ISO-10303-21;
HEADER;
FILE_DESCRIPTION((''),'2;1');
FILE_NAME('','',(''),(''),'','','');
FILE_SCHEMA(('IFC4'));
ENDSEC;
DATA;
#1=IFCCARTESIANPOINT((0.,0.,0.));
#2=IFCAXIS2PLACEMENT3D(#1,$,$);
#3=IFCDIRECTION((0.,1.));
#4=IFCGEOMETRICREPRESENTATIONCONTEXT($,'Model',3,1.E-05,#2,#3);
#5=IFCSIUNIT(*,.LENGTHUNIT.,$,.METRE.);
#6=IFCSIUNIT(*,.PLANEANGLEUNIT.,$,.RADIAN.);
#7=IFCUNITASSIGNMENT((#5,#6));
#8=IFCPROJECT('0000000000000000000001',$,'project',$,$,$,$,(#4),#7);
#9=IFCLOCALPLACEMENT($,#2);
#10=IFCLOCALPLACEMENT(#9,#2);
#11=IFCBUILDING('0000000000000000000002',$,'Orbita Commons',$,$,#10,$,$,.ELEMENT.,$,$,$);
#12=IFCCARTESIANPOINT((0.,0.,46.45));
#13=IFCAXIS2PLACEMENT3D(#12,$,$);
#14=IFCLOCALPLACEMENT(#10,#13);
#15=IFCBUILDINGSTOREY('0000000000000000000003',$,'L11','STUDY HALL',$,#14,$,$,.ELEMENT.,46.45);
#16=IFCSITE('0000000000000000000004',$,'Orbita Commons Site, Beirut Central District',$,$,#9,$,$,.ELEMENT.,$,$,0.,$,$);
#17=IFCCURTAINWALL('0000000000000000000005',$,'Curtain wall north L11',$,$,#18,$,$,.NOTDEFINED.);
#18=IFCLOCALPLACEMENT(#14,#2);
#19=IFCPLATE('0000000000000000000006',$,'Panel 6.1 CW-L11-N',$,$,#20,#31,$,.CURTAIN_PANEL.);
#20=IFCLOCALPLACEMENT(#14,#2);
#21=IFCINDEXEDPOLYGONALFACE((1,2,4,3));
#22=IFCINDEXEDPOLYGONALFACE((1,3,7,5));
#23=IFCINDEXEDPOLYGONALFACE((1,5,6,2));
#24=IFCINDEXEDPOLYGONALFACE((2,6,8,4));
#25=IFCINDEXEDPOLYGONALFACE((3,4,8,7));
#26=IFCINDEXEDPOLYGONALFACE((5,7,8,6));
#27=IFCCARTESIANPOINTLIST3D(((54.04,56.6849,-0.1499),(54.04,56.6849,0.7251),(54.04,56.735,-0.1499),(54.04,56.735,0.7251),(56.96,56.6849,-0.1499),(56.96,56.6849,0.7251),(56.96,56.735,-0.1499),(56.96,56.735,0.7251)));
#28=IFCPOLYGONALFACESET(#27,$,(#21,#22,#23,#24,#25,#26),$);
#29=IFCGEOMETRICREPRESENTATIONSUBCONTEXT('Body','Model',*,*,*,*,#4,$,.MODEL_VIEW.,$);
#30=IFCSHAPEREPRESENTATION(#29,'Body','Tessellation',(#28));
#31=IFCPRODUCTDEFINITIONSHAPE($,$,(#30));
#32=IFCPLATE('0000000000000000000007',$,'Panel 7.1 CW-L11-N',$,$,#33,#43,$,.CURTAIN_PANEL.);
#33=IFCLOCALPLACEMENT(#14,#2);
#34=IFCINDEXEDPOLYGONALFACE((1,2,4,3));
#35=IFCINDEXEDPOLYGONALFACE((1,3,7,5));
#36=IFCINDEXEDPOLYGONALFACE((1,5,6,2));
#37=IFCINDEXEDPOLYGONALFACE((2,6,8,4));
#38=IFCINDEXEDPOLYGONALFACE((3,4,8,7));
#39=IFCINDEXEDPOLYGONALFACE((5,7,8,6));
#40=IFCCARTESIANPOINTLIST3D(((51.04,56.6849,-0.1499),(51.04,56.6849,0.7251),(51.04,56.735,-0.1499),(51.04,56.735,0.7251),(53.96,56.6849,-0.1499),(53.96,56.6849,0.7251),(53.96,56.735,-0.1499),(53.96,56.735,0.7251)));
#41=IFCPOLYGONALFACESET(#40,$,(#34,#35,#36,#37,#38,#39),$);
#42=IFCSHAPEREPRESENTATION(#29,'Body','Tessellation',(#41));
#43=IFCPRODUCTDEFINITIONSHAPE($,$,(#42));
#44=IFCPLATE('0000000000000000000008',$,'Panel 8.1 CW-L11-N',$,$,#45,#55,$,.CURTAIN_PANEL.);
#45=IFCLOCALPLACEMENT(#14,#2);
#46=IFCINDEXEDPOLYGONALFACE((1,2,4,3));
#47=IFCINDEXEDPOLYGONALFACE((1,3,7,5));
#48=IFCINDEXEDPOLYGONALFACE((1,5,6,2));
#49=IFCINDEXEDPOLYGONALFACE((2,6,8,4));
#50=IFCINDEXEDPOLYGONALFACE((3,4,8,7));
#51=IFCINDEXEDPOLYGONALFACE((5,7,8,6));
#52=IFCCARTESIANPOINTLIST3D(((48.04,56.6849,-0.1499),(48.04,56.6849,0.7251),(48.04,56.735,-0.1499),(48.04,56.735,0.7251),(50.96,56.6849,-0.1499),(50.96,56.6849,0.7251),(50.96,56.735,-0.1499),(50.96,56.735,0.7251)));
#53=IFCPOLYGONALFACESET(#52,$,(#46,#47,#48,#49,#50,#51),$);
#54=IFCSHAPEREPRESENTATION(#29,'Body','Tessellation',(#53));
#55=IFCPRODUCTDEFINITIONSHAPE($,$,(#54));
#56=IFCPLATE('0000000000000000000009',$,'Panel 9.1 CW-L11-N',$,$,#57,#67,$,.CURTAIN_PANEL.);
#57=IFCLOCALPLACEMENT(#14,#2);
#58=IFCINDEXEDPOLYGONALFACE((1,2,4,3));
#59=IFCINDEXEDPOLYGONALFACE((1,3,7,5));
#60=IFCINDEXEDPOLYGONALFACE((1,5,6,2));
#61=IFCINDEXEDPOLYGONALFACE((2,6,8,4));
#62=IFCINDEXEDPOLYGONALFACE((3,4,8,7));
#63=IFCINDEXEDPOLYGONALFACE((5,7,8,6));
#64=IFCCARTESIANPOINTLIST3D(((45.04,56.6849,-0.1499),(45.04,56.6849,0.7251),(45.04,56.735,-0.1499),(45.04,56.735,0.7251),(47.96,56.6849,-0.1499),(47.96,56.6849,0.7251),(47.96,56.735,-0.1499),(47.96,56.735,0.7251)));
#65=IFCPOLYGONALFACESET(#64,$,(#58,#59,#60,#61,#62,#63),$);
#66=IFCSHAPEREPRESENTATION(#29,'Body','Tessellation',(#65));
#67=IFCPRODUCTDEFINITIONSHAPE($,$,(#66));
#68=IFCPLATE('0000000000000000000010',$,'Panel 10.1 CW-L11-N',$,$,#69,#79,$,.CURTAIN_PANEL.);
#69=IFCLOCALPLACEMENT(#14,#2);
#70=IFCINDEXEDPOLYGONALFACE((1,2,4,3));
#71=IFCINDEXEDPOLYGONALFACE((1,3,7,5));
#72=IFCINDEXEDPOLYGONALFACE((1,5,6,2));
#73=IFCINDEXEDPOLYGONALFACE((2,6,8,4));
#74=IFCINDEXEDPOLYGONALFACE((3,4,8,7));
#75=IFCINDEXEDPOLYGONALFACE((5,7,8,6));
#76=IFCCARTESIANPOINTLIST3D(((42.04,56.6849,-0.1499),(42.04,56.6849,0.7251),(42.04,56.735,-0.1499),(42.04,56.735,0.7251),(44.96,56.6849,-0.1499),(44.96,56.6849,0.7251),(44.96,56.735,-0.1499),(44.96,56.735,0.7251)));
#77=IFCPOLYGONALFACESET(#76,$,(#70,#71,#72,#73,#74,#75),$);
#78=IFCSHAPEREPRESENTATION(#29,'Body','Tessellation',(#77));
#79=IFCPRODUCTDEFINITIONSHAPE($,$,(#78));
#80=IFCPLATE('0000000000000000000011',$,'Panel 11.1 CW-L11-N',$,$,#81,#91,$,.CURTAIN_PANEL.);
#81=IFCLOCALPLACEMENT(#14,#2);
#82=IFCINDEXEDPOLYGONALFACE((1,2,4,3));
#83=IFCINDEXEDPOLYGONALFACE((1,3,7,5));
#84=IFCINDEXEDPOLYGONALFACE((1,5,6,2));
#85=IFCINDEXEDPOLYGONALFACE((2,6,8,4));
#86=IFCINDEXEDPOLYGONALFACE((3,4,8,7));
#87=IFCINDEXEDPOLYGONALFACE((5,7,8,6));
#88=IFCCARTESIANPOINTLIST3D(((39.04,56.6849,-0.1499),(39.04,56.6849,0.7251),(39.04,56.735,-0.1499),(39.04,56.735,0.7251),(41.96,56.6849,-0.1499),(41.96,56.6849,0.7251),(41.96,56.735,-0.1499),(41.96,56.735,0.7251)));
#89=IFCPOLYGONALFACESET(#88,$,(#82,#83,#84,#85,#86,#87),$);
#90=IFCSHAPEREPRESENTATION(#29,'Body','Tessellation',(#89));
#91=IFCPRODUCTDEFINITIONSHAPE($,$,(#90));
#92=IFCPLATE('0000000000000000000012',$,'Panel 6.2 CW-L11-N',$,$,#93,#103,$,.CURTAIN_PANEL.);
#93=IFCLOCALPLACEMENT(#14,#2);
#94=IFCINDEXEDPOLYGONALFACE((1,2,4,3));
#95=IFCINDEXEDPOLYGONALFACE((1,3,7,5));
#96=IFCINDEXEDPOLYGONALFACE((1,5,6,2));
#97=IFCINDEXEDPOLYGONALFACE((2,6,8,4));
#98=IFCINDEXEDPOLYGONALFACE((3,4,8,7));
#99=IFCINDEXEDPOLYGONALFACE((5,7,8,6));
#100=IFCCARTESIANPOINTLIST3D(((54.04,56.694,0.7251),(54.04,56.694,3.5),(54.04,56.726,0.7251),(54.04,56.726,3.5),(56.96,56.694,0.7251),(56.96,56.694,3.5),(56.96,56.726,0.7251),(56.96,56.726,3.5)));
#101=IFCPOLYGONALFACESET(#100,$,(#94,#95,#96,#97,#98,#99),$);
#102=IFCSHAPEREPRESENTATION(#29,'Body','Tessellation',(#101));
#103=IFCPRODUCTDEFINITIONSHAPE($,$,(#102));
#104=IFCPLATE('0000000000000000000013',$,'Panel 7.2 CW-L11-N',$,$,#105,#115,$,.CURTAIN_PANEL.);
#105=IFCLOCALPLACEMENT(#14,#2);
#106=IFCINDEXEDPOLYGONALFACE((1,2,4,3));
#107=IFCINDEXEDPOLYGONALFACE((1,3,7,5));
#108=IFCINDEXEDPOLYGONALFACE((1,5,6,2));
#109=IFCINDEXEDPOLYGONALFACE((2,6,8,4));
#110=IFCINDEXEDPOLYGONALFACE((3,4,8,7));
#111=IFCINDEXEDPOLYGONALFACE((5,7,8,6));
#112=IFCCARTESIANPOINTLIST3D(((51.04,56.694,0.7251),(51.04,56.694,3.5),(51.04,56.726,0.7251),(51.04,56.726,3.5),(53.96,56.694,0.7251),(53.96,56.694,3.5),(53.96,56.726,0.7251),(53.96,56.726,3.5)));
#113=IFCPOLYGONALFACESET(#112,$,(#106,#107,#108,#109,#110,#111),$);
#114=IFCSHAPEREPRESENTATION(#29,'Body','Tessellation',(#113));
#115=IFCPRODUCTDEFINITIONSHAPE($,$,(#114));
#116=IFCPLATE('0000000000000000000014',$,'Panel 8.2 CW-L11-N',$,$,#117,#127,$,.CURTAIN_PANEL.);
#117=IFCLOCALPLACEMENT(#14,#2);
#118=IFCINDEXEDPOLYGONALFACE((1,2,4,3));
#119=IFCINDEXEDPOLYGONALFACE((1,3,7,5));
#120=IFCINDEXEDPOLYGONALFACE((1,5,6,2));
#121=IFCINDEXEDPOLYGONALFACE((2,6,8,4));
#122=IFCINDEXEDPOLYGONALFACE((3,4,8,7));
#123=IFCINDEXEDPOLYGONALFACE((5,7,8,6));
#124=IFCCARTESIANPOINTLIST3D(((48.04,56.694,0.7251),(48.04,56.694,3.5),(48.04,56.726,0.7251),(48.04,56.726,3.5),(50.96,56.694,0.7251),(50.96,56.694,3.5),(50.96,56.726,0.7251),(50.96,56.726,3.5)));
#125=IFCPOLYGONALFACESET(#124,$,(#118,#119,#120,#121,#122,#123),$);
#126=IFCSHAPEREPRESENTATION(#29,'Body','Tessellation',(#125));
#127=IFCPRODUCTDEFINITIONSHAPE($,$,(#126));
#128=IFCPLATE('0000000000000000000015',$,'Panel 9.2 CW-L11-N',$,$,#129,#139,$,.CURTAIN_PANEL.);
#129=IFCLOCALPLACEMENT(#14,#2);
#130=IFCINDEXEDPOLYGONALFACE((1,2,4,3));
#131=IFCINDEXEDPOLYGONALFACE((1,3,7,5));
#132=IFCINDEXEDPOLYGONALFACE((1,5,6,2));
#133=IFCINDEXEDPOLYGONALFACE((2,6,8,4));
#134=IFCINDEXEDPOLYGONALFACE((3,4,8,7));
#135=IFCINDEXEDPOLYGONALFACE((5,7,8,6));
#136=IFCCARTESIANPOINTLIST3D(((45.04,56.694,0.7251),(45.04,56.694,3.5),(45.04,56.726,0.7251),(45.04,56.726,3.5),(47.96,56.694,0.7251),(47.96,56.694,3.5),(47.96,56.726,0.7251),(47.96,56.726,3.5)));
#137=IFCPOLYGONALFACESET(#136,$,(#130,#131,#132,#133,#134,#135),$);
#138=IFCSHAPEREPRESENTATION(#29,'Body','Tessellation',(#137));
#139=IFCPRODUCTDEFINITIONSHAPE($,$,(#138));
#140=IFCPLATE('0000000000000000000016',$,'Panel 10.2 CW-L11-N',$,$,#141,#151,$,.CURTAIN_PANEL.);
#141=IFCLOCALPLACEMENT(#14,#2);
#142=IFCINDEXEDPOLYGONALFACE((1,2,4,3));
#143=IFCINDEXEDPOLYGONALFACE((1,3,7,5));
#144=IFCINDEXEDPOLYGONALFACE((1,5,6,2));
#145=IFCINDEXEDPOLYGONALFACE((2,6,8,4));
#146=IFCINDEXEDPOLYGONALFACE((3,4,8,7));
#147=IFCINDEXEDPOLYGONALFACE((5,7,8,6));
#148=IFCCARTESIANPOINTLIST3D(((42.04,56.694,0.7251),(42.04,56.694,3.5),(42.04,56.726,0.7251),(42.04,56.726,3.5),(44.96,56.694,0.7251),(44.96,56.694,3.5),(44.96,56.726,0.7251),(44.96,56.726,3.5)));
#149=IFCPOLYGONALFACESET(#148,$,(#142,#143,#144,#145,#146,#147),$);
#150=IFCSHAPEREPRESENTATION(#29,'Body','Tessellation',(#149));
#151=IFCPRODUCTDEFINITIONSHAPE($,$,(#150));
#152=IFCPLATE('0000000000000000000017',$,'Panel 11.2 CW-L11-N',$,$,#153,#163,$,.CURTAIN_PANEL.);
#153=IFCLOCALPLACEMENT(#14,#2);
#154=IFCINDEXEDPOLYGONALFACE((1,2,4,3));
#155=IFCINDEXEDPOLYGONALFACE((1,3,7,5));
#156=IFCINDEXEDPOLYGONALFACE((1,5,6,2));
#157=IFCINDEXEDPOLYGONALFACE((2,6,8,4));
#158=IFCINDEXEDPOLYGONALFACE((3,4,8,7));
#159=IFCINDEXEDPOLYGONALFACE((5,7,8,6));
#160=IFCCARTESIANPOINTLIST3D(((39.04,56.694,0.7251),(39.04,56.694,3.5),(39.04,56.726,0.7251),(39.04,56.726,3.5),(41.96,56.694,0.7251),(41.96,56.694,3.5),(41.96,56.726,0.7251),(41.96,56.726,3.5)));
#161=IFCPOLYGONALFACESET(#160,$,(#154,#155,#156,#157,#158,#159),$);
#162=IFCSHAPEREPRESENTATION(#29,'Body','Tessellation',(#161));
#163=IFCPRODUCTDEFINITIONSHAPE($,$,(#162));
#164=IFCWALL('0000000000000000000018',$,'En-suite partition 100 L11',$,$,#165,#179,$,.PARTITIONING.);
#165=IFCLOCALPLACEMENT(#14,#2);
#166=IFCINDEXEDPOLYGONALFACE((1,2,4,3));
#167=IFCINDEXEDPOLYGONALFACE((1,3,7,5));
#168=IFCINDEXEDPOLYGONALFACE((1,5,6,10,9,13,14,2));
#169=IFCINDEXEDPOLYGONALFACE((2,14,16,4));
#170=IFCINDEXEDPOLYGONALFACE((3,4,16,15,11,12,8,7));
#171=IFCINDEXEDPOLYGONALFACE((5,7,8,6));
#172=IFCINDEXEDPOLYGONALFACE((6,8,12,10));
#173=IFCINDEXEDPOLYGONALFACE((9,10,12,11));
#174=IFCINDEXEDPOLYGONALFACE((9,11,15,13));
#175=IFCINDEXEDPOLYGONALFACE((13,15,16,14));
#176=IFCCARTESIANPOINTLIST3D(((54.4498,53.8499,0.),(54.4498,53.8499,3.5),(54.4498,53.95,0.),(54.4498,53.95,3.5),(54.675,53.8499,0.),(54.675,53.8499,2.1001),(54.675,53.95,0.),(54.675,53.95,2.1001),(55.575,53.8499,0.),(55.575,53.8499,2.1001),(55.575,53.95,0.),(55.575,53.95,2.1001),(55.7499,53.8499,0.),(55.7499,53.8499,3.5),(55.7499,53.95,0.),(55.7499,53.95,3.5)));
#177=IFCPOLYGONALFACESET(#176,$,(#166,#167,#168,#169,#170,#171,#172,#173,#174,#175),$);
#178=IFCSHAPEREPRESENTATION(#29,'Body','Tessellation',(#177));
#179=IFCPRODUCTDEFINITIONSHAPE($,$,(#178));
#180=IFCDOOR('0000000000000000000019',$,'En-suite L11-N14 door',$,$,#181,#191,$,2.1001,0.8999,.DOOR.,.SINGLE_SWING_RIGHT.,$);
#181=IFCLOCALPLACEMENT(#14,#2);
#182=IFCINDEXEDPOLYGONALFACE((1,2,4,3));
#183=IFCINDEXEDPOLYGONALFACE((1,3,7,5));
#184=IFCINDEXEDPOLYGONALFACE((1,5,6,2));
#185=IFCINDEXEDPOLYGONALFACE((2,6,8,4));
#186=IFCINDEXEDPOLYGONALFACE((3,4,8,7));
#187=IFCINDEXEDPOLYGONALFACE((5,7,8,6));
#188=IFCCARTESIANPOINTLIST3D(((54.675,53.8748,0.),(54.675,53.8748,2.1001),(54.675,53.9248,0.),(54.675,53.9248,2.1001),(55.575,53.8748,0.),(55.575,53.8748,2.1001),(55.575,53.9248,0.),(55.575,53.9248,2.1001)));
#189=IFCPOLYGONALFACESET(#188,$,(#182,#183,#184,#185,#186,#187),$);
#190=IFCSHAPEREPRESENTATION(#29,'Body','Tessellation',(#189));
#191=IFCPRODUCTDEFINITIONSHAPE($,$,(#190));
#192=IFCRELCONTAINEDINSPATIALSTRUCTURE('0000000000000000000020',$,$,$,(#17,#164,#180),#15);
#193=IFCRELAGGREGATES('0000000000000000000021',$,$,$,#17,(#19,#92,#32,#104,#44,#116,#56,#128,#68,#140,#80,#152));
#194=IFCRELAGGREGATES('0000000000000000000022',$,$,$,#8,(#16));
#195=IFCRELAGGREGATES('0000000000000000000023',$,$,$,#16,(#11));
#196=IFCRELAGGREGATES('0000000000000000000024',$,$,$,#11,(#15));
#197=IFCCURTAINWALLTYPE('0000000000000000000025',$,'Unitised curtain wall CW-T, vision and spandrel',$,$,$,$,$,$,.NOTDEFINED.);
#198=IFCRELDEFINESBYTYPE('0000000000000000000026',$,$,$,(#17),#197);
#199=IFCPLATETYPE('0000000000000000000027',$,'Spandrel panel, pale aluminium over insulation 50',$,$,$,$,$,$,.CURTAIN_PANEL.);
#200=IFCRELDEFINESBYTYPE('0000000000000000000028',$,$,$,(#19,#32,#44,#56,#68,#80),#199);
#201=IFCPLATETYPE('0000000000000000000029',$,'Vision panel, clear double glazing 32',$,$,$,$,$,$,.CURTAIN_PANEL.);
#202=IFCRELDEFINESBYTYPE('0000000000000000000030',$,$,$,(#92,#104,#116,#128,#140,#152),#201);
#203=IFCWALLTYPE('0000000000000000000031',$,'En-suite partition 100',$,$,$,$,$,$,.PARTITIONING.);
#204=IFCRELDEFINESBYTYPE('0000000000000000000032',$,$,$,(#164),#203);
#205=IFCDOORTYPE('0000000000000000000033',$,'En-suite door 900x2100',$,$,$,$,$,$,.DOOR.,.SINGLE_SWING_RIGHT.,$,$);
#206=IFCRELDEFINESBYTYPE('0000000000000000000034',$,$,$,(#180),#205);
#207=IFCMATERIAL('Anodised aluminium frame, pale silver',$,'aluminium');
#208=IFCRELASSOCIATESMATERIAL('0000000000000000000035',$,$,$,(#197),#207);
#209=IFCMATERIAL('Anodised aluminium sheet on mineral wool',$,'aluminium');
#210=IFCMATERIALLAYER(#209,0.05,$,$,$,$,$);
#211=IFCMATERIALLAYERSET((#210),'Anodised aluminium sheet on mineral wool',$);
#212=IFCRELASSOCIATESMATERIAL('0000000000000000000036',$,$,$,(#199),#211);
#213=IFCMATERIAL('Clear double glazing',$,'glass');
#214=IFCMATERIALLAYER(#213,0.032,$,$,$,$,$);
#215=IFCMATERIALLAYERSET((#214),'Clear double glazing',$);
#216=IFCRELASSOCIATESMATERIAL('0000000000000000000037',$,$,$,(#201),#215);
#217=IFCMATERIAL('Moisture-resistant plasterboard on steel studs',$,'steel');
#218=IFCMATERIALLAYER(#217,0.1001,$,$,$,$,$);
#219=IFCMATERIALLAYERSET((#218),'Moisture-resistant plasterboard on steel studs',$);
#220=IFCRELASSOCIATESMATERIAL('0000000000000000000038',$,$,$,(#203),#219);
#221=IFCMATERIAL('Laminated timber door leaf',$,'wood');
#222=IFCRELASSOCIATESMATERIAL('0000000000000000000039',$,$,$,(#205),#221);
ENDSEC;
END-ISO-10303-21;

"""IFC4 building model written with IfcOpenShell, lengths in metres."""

from ifc_helpers import new_model, si_unit, direction, frame, frame_2d, origin, origin_2d, place, context, subcontext, project, spatial, rectangle, extrude, material, layer, layer_set, type_object, element, fill, aggregate, save


model = new_model("IFC4")

# Units and contexts
model_context = context("Model", 3, precision=1e-05, world=origin(), true_north=direction((0.0, 1.0)))
body_context = subcontext(model_context, "Body", "Model", "MODEL_VIEW")
ifc_project = project(units=[si_unit("LENGTHUNIT", "METRE"), si_unit("PLANEANGLEUNIT", "RADIAN")], contexts=[model_context])

# Site, building, storey
site_placement = place(None, origin())
site = spatial("IfcSite", under=ifc_project, at=site_placement, Name="Orbita Commons Site, Beirut Central District", CompositionType="ELEMENT", RefElevation=0.0)
building_placement = place(site_placement, origin())
building = spatial("IfcBuilding", under=site, at=building_placement, Name="Orbita Commons", CompositionType="ELEMENT")
storey_placement = place(building_placement, frame((0.0, 0.0, 46.45)))
storey = spatial("IfcBuildingStorey", under=building, at=storey_placement, Name="L11", Description="STUDY HALL", CompositionType="ELEMENT", Elevation=46.45)

# Curtain wall
ifc_material_1 = material(Name="Anodised aluminium frame, pale silver", Category="aluminium")
curtain_wall_type = type_object("IfcCurtainWallType", Name="Unitised curtain wall CW-T, vision and spandrel", PredefinedType="NOTDEFINED", material=ifc_material_1)
curtain_wall_placement = place(storey_placement, origin())
curtain_wall = element("IfcCurtainWall", 1, at=curtain_wall_placement, inside=storey, type_object=curtain_wall_type, Name="Curtain wall north L11", PredefinedType="NOTDEFINED")

# Plates
ifc_material_2 = material(Name="Anodised aluminium sheet on mineral wool", Category="aluminium")
ifc_layer_1 = layer(ifc_material_2, 0.05)
ifc_layer_set_1 = layer_set([ifc_layer_1], Name="Anodised aluminium sheet on mineral wool")
plate_type_1 = type_object("IfcPlateType", Name="Spandrel panel, pale aluminium over insulation 50", PredefinedType="CURTAIN_PANEL", material=ifc_layer_set_1)
plate_1_placement = place(storey_placement, frame((55.5, 56.71, -0.1499), z_axis=(0.0, 0.0, 1.0), x_axis=(-1.0, 0.0, 0.0)))
plate_1 = element("IfcPlate", 2, at=plate_1_placement, type_object=plate_type_1, Name="Panel 6.1 CW-L11-N", PredefinedType="CURTAIN_PANEL", context=body_context, shape_type="SweptSolid", body=[
    extrude(rectangle(XDim=2.9199, YDim=0.05, at=origin_2d()), origin(), (0.0, 0.0, 1.0), 0.875),
])
plate_2_placement = place(storey_placement, frame((52.5, 56.71, -0.1499), z_axis=(0.0, 0.0, 1.0), x_axis=(-1.0, 0.0, 0.0)))
plate_2 = element("IfcPlate", 3, at=plate_2_placement, type_object=plate_type_1, Name="Panel 7.1 CW-L11-N", PredefinedType="CURTAIN_PANEL", context=body_context, shape_type="SweptSolid", body=[
    extrude(rectangle(XDim=2.9199, YDim=0.05, at=origin_2d()), origin(), (0.0, 0.0, 1.0), 0.875),
])
plate_3_placement = place(storey_placement, frame((49.5, 56.71, -0.1499), z_axis=(0.0, 0.0, 1.0), x_axis=(-1.0, 0.0, 0.0)))
plate_3 = element("IfcPlate", 4, at=plate_3_placement, type_object=plate_type_1, Name="Panel 8.1 CW-L11-N", PredefinedType="CURTAIN_PANEL", context=body_context, shape_type="SweptSolid", body=[
    extrude(rectangle(XDim=2.9199, YDim=0.05, at=origin_2d()), origin(), (0.0, 0.0, 1.0), 0.875),
])
plate_4_placement = place(storey_placement, frame((46.5, 56.71, -0.1499), z_axis=(0.0, 0.0, 1.0), x_axis=(-1.0, 0.0, 0.0)))
plate_4 = element("IfcPlate", 5, at=plate_4_placement, type_object=plate_type_1, Name="Panel 9.1 CW-L11-N", PredefinedType="CURTAIN_PANEL", context=body_context, shape_type="SweptSolid", body=[
    extrude(rectangle(XDim=2.9199, YDim=0.05, at=origin_2d()), origin(), (0.0, 0.0, 1.0), 0.875),
])
plate_5_placement = place(storey_placement, frame((43.5, 56.71, -0.1499), z_axis=(0.0, 0.0, 1.0), x_axis=(-1.0, 0.0, 0.0)))
plate_5 = element("IfcPlate", 6, at=plate_5_placement, type_object=plate_type_1, Name="Panel 10.1 CW-L11-N", PredefinedType="CURTAIN_PANEL", context=body_context, shape_type="SweptSolid", body=[
    extrude(rectangle(XDim=2.9199, YDim=0.05, at=origin_2d()), origin(), (0.0, 0.0, 1.0), 0.875),
])
plate_6_placement = place(storey_placement, frame((40.5, 56.71, -0.1499), z_axis=(0.0, 0.0, 1.0), x_axis=(-1.0, 0.0, 0.0)))
plate_6 = element("IfcPlate", 7, at=plate_6_placement, type_object=plate_type_1, Name="Panel 11.1 CW-L11-N", PredefinedType="CURTAIN_PANEL", context=body_context, shape_type="SweptSolid", body=[
    extrude(rectangle(XDim=2.9199, YDim=0.05, at=origin_2d()), origin(), (0.0, 0.0, 1.0), 0.875),
])
ifc_material_3 = material(Name="Clear double glazing", Category="glass")
ifc_layer_2 = layer(ifc_material_3, 0.032)
ifc_layer_set_2 = layer_set([ifc_layer_2], Name="Clear double glazing")
plate_type_2 = type_object("IfcPlateType", Name="Vision panel, clear double glazing 32", PredefinedType="CURTAIN_PANEL", material=ifc_layer_set_2)
plate_7_placement = place(storey_placement, frame((55.5, 56.71, 0.7251), z_axis=(0.0, 0.0, 1.0), x_axis=(-1.0, 0.0, 0.0)))
plate_7 = element("IfcPlate", 8, at=plate_7_placement, type_object=plate_type_2, Name="Panel 6.2 CW-L11-N", PredefinedType="CURTAIN_PANEL", context=body_context, shape_type="SweptSolid", body=[
    extrude(rectangle(XDim=2.9199, YDim=0.032, at=origin_2d()), origin(), (0.0, 0.0, 1.0), 2.7749),
])
plate_8_placement = place(storey_placement, frame((52.5, 56.71, 0.7251), z_axis=(0.0, 0.0, 1.0), x_axis=(-1.0, 0.0, 0.0)))
plate_8 = element("IfcPlate", 9, at=plate_8_placement, type_object=plate_type_2, Name="Panel 7.2 CW-L11-N", PredefinedType="CURTAIN_PANEL", context=body_context, shape_type="SweptSolid", body=[
    extrude(rectangle(XDim=2.9199, YDim=0.032, at=origin_2d()), origin(), (0.0, 0.0, 1.0), 2.7749),
])
plate_9_placement = place(storey_placement, frame((49.5, 56.71, 0.7251), z_axis=(0.0, 0.0, 1.0), x_axis=(-1.0, 0.0, 0.0)))
plate_9 = element("IfcPlate", 10, at=plate_9_placement, type_object=plate_type_2, Name="Panel 8.2 CW-L11-N", PredefinedType="CURTAIN_PANEL", context=body_context, shape_type="SweptSolid", body=[
    extrude(rectangle(XDim=2.9199, YDim=0.032, at=origin_2d()), origin(), (0.0, 0.0, 1.0), 2.7749),
])
plate_10_placement = place(storey_placement, frame((46.5, 56.71, 0.7251), z_axis=(0.0, 0.0, 1.0), x_axis=(-1.0, 0.0, 0.0)))
plate_10 = element("IfcPlate", 11, at=plate_10_placement, type_object=plate_type_2, Name="Panel 9.2 CW-L11-N", PredefinedType="CURTAIN_PANEL", context=body_context, shape_type="SweptSolid", body=[
    extrude(rectangle(XDim=2.9199, YDim=0.032, at=origin_2d()), origin(), (0.0, 0.0, 1.0), 2.7749),
])
plate_11_placement = place(storey_placement, frame((43.5, 56.71, 0.7251), z_axis=(0.0, 0.0, 1.0), x_axis=(-1.0, 0.0, 0.0)))
plate_11 = element("IfcPlate", 12, at=plate_11_placement, type_object=plate_type_2, Name="Panel 10.2 CW-L11-N", PredefinedType="CURTAIN_PANEL", context=body_context, shape_type="SweptSolid", body=[
    extrude(rectangle(XDim=2.9199, YDim=0.032, at=origin_2d()), origin(), (0.0, 0.0, 1.0), 2.7749),
])
plate_12_placement = place(storey_placement, frame((40.5, 56.71, 0.7251), z_axis=(0.0, 0.0, 1.0), x_axis=(-1.0, 0.0, 0.0)))
plate_12 = element("IfcPlate", 13, at=plate_12_placement, type_object=plate_type_2, Name="Panel 11.2 CW-L11-N", PredefinedType="CURTAIN_PANEL", context=body_context, shape_type="SweptSolid", body=[
    extrude(rectangle(XDim=2.9199, YDim=0.032, at=origin_2d()), origin(), (0.0, 0.0, 1.0), 2.7749),
])
aggregate(curtain_wall, [plate_1, plate_7, plate_2, plate_8, plate_3, plate_9, plate_4, plate_10, plate_5, plate_11, plate_6, plate_12])

# Wall, opening, door
ifc_material_4 = material(Name="Moisture-resistant plasterboard on steel studs", Category="steel")
ifc_layer_3 = layer(ifc_material_4, 0.1001)
ifc_layer_set_3 = layer_set([ifc_layer_3], Name="Moisture-resistant plasterboard on steel studs")
wall_type_1 = type_object("IfcWallType", Name="En-suite partition 100", PredefinedType="PARTITIONING", material=ifc_layer_set_3)
wall_1_placement = place(storey_placement, frame((54.45, 53.8999, 0.0), z_axis=(0.0, 0.0, 1.0), x_axis=(1.0, 0.0, 0.0)))
wall_1 = element("IfcWall", 14, at=wall_1_placement, inside=storey, type_object=wall_type_1, Name="En-suite partition 100 L11", PredefinedType="PARTITIONING", context=body_context, shape_type="SweptSolid", body=[
    extrude(rectangle(XDim=1.3, YDim=0.1001, at=frame_2d((0.6499, 0.0))), origin(), (0.0, 0.0, 1.0), 3.5),
])
opening_placement = place(wall_1_placement, frame((0.2251, 0.0, 0.0)))
opening = element("IfcOpeningElement", 15, at=opening_placement, cuts=wall_1, PredefinedType="OPENING", context=body_context, shape_type="SweptSolid", body=[
    extrude(rectangle(XDim=0.8999, YDim=2.1001, at=frame_2d((0.45, 1.05))), frame((0.0, 0.0601, 0.0), z_axis=(0.0, -1.0, 0.0), x_axis=(1.0, 0.0, 0.0)), (0.0, 0.0, 1.0), 0.1201),
])
ifc_material_5 = material(Name="Laminated timber door leaf", Category="wood")
door_type = type_object("IfcDoorType", Name="En-suite door 900x2100", OperationType="SINGLE_SWING_RIGHT", PredefinedType="DOOR", material=ifc_material_5)
door_placement = place(opening_placement, origin())
door = element("IfcDoor", 16, at=door_placement, inside=storey, type_object=door_type, Name="En-suite L11-N14 door", OperationType="SINGLE_SWING_RIGHT", OverallHeight=2.1001, OverallWidth=0.8999, PredefinedType="DOOR", context=body_context, shape_type="SweptSolid", body=[
    extrude(rectangle(XDim=0.8999, YDim=2.1001, at=frame_2d((0.45, 1.05))), frame((0.0, 0.0249, 0.0), z_axis=(0.0, -1.0, 0.0), x_axis=(1.0, 0.0, 0.0)), (0.0, 0.0, 1.0), 0.05),
])
fill(opening, door)

save(model, "model.ifc")
